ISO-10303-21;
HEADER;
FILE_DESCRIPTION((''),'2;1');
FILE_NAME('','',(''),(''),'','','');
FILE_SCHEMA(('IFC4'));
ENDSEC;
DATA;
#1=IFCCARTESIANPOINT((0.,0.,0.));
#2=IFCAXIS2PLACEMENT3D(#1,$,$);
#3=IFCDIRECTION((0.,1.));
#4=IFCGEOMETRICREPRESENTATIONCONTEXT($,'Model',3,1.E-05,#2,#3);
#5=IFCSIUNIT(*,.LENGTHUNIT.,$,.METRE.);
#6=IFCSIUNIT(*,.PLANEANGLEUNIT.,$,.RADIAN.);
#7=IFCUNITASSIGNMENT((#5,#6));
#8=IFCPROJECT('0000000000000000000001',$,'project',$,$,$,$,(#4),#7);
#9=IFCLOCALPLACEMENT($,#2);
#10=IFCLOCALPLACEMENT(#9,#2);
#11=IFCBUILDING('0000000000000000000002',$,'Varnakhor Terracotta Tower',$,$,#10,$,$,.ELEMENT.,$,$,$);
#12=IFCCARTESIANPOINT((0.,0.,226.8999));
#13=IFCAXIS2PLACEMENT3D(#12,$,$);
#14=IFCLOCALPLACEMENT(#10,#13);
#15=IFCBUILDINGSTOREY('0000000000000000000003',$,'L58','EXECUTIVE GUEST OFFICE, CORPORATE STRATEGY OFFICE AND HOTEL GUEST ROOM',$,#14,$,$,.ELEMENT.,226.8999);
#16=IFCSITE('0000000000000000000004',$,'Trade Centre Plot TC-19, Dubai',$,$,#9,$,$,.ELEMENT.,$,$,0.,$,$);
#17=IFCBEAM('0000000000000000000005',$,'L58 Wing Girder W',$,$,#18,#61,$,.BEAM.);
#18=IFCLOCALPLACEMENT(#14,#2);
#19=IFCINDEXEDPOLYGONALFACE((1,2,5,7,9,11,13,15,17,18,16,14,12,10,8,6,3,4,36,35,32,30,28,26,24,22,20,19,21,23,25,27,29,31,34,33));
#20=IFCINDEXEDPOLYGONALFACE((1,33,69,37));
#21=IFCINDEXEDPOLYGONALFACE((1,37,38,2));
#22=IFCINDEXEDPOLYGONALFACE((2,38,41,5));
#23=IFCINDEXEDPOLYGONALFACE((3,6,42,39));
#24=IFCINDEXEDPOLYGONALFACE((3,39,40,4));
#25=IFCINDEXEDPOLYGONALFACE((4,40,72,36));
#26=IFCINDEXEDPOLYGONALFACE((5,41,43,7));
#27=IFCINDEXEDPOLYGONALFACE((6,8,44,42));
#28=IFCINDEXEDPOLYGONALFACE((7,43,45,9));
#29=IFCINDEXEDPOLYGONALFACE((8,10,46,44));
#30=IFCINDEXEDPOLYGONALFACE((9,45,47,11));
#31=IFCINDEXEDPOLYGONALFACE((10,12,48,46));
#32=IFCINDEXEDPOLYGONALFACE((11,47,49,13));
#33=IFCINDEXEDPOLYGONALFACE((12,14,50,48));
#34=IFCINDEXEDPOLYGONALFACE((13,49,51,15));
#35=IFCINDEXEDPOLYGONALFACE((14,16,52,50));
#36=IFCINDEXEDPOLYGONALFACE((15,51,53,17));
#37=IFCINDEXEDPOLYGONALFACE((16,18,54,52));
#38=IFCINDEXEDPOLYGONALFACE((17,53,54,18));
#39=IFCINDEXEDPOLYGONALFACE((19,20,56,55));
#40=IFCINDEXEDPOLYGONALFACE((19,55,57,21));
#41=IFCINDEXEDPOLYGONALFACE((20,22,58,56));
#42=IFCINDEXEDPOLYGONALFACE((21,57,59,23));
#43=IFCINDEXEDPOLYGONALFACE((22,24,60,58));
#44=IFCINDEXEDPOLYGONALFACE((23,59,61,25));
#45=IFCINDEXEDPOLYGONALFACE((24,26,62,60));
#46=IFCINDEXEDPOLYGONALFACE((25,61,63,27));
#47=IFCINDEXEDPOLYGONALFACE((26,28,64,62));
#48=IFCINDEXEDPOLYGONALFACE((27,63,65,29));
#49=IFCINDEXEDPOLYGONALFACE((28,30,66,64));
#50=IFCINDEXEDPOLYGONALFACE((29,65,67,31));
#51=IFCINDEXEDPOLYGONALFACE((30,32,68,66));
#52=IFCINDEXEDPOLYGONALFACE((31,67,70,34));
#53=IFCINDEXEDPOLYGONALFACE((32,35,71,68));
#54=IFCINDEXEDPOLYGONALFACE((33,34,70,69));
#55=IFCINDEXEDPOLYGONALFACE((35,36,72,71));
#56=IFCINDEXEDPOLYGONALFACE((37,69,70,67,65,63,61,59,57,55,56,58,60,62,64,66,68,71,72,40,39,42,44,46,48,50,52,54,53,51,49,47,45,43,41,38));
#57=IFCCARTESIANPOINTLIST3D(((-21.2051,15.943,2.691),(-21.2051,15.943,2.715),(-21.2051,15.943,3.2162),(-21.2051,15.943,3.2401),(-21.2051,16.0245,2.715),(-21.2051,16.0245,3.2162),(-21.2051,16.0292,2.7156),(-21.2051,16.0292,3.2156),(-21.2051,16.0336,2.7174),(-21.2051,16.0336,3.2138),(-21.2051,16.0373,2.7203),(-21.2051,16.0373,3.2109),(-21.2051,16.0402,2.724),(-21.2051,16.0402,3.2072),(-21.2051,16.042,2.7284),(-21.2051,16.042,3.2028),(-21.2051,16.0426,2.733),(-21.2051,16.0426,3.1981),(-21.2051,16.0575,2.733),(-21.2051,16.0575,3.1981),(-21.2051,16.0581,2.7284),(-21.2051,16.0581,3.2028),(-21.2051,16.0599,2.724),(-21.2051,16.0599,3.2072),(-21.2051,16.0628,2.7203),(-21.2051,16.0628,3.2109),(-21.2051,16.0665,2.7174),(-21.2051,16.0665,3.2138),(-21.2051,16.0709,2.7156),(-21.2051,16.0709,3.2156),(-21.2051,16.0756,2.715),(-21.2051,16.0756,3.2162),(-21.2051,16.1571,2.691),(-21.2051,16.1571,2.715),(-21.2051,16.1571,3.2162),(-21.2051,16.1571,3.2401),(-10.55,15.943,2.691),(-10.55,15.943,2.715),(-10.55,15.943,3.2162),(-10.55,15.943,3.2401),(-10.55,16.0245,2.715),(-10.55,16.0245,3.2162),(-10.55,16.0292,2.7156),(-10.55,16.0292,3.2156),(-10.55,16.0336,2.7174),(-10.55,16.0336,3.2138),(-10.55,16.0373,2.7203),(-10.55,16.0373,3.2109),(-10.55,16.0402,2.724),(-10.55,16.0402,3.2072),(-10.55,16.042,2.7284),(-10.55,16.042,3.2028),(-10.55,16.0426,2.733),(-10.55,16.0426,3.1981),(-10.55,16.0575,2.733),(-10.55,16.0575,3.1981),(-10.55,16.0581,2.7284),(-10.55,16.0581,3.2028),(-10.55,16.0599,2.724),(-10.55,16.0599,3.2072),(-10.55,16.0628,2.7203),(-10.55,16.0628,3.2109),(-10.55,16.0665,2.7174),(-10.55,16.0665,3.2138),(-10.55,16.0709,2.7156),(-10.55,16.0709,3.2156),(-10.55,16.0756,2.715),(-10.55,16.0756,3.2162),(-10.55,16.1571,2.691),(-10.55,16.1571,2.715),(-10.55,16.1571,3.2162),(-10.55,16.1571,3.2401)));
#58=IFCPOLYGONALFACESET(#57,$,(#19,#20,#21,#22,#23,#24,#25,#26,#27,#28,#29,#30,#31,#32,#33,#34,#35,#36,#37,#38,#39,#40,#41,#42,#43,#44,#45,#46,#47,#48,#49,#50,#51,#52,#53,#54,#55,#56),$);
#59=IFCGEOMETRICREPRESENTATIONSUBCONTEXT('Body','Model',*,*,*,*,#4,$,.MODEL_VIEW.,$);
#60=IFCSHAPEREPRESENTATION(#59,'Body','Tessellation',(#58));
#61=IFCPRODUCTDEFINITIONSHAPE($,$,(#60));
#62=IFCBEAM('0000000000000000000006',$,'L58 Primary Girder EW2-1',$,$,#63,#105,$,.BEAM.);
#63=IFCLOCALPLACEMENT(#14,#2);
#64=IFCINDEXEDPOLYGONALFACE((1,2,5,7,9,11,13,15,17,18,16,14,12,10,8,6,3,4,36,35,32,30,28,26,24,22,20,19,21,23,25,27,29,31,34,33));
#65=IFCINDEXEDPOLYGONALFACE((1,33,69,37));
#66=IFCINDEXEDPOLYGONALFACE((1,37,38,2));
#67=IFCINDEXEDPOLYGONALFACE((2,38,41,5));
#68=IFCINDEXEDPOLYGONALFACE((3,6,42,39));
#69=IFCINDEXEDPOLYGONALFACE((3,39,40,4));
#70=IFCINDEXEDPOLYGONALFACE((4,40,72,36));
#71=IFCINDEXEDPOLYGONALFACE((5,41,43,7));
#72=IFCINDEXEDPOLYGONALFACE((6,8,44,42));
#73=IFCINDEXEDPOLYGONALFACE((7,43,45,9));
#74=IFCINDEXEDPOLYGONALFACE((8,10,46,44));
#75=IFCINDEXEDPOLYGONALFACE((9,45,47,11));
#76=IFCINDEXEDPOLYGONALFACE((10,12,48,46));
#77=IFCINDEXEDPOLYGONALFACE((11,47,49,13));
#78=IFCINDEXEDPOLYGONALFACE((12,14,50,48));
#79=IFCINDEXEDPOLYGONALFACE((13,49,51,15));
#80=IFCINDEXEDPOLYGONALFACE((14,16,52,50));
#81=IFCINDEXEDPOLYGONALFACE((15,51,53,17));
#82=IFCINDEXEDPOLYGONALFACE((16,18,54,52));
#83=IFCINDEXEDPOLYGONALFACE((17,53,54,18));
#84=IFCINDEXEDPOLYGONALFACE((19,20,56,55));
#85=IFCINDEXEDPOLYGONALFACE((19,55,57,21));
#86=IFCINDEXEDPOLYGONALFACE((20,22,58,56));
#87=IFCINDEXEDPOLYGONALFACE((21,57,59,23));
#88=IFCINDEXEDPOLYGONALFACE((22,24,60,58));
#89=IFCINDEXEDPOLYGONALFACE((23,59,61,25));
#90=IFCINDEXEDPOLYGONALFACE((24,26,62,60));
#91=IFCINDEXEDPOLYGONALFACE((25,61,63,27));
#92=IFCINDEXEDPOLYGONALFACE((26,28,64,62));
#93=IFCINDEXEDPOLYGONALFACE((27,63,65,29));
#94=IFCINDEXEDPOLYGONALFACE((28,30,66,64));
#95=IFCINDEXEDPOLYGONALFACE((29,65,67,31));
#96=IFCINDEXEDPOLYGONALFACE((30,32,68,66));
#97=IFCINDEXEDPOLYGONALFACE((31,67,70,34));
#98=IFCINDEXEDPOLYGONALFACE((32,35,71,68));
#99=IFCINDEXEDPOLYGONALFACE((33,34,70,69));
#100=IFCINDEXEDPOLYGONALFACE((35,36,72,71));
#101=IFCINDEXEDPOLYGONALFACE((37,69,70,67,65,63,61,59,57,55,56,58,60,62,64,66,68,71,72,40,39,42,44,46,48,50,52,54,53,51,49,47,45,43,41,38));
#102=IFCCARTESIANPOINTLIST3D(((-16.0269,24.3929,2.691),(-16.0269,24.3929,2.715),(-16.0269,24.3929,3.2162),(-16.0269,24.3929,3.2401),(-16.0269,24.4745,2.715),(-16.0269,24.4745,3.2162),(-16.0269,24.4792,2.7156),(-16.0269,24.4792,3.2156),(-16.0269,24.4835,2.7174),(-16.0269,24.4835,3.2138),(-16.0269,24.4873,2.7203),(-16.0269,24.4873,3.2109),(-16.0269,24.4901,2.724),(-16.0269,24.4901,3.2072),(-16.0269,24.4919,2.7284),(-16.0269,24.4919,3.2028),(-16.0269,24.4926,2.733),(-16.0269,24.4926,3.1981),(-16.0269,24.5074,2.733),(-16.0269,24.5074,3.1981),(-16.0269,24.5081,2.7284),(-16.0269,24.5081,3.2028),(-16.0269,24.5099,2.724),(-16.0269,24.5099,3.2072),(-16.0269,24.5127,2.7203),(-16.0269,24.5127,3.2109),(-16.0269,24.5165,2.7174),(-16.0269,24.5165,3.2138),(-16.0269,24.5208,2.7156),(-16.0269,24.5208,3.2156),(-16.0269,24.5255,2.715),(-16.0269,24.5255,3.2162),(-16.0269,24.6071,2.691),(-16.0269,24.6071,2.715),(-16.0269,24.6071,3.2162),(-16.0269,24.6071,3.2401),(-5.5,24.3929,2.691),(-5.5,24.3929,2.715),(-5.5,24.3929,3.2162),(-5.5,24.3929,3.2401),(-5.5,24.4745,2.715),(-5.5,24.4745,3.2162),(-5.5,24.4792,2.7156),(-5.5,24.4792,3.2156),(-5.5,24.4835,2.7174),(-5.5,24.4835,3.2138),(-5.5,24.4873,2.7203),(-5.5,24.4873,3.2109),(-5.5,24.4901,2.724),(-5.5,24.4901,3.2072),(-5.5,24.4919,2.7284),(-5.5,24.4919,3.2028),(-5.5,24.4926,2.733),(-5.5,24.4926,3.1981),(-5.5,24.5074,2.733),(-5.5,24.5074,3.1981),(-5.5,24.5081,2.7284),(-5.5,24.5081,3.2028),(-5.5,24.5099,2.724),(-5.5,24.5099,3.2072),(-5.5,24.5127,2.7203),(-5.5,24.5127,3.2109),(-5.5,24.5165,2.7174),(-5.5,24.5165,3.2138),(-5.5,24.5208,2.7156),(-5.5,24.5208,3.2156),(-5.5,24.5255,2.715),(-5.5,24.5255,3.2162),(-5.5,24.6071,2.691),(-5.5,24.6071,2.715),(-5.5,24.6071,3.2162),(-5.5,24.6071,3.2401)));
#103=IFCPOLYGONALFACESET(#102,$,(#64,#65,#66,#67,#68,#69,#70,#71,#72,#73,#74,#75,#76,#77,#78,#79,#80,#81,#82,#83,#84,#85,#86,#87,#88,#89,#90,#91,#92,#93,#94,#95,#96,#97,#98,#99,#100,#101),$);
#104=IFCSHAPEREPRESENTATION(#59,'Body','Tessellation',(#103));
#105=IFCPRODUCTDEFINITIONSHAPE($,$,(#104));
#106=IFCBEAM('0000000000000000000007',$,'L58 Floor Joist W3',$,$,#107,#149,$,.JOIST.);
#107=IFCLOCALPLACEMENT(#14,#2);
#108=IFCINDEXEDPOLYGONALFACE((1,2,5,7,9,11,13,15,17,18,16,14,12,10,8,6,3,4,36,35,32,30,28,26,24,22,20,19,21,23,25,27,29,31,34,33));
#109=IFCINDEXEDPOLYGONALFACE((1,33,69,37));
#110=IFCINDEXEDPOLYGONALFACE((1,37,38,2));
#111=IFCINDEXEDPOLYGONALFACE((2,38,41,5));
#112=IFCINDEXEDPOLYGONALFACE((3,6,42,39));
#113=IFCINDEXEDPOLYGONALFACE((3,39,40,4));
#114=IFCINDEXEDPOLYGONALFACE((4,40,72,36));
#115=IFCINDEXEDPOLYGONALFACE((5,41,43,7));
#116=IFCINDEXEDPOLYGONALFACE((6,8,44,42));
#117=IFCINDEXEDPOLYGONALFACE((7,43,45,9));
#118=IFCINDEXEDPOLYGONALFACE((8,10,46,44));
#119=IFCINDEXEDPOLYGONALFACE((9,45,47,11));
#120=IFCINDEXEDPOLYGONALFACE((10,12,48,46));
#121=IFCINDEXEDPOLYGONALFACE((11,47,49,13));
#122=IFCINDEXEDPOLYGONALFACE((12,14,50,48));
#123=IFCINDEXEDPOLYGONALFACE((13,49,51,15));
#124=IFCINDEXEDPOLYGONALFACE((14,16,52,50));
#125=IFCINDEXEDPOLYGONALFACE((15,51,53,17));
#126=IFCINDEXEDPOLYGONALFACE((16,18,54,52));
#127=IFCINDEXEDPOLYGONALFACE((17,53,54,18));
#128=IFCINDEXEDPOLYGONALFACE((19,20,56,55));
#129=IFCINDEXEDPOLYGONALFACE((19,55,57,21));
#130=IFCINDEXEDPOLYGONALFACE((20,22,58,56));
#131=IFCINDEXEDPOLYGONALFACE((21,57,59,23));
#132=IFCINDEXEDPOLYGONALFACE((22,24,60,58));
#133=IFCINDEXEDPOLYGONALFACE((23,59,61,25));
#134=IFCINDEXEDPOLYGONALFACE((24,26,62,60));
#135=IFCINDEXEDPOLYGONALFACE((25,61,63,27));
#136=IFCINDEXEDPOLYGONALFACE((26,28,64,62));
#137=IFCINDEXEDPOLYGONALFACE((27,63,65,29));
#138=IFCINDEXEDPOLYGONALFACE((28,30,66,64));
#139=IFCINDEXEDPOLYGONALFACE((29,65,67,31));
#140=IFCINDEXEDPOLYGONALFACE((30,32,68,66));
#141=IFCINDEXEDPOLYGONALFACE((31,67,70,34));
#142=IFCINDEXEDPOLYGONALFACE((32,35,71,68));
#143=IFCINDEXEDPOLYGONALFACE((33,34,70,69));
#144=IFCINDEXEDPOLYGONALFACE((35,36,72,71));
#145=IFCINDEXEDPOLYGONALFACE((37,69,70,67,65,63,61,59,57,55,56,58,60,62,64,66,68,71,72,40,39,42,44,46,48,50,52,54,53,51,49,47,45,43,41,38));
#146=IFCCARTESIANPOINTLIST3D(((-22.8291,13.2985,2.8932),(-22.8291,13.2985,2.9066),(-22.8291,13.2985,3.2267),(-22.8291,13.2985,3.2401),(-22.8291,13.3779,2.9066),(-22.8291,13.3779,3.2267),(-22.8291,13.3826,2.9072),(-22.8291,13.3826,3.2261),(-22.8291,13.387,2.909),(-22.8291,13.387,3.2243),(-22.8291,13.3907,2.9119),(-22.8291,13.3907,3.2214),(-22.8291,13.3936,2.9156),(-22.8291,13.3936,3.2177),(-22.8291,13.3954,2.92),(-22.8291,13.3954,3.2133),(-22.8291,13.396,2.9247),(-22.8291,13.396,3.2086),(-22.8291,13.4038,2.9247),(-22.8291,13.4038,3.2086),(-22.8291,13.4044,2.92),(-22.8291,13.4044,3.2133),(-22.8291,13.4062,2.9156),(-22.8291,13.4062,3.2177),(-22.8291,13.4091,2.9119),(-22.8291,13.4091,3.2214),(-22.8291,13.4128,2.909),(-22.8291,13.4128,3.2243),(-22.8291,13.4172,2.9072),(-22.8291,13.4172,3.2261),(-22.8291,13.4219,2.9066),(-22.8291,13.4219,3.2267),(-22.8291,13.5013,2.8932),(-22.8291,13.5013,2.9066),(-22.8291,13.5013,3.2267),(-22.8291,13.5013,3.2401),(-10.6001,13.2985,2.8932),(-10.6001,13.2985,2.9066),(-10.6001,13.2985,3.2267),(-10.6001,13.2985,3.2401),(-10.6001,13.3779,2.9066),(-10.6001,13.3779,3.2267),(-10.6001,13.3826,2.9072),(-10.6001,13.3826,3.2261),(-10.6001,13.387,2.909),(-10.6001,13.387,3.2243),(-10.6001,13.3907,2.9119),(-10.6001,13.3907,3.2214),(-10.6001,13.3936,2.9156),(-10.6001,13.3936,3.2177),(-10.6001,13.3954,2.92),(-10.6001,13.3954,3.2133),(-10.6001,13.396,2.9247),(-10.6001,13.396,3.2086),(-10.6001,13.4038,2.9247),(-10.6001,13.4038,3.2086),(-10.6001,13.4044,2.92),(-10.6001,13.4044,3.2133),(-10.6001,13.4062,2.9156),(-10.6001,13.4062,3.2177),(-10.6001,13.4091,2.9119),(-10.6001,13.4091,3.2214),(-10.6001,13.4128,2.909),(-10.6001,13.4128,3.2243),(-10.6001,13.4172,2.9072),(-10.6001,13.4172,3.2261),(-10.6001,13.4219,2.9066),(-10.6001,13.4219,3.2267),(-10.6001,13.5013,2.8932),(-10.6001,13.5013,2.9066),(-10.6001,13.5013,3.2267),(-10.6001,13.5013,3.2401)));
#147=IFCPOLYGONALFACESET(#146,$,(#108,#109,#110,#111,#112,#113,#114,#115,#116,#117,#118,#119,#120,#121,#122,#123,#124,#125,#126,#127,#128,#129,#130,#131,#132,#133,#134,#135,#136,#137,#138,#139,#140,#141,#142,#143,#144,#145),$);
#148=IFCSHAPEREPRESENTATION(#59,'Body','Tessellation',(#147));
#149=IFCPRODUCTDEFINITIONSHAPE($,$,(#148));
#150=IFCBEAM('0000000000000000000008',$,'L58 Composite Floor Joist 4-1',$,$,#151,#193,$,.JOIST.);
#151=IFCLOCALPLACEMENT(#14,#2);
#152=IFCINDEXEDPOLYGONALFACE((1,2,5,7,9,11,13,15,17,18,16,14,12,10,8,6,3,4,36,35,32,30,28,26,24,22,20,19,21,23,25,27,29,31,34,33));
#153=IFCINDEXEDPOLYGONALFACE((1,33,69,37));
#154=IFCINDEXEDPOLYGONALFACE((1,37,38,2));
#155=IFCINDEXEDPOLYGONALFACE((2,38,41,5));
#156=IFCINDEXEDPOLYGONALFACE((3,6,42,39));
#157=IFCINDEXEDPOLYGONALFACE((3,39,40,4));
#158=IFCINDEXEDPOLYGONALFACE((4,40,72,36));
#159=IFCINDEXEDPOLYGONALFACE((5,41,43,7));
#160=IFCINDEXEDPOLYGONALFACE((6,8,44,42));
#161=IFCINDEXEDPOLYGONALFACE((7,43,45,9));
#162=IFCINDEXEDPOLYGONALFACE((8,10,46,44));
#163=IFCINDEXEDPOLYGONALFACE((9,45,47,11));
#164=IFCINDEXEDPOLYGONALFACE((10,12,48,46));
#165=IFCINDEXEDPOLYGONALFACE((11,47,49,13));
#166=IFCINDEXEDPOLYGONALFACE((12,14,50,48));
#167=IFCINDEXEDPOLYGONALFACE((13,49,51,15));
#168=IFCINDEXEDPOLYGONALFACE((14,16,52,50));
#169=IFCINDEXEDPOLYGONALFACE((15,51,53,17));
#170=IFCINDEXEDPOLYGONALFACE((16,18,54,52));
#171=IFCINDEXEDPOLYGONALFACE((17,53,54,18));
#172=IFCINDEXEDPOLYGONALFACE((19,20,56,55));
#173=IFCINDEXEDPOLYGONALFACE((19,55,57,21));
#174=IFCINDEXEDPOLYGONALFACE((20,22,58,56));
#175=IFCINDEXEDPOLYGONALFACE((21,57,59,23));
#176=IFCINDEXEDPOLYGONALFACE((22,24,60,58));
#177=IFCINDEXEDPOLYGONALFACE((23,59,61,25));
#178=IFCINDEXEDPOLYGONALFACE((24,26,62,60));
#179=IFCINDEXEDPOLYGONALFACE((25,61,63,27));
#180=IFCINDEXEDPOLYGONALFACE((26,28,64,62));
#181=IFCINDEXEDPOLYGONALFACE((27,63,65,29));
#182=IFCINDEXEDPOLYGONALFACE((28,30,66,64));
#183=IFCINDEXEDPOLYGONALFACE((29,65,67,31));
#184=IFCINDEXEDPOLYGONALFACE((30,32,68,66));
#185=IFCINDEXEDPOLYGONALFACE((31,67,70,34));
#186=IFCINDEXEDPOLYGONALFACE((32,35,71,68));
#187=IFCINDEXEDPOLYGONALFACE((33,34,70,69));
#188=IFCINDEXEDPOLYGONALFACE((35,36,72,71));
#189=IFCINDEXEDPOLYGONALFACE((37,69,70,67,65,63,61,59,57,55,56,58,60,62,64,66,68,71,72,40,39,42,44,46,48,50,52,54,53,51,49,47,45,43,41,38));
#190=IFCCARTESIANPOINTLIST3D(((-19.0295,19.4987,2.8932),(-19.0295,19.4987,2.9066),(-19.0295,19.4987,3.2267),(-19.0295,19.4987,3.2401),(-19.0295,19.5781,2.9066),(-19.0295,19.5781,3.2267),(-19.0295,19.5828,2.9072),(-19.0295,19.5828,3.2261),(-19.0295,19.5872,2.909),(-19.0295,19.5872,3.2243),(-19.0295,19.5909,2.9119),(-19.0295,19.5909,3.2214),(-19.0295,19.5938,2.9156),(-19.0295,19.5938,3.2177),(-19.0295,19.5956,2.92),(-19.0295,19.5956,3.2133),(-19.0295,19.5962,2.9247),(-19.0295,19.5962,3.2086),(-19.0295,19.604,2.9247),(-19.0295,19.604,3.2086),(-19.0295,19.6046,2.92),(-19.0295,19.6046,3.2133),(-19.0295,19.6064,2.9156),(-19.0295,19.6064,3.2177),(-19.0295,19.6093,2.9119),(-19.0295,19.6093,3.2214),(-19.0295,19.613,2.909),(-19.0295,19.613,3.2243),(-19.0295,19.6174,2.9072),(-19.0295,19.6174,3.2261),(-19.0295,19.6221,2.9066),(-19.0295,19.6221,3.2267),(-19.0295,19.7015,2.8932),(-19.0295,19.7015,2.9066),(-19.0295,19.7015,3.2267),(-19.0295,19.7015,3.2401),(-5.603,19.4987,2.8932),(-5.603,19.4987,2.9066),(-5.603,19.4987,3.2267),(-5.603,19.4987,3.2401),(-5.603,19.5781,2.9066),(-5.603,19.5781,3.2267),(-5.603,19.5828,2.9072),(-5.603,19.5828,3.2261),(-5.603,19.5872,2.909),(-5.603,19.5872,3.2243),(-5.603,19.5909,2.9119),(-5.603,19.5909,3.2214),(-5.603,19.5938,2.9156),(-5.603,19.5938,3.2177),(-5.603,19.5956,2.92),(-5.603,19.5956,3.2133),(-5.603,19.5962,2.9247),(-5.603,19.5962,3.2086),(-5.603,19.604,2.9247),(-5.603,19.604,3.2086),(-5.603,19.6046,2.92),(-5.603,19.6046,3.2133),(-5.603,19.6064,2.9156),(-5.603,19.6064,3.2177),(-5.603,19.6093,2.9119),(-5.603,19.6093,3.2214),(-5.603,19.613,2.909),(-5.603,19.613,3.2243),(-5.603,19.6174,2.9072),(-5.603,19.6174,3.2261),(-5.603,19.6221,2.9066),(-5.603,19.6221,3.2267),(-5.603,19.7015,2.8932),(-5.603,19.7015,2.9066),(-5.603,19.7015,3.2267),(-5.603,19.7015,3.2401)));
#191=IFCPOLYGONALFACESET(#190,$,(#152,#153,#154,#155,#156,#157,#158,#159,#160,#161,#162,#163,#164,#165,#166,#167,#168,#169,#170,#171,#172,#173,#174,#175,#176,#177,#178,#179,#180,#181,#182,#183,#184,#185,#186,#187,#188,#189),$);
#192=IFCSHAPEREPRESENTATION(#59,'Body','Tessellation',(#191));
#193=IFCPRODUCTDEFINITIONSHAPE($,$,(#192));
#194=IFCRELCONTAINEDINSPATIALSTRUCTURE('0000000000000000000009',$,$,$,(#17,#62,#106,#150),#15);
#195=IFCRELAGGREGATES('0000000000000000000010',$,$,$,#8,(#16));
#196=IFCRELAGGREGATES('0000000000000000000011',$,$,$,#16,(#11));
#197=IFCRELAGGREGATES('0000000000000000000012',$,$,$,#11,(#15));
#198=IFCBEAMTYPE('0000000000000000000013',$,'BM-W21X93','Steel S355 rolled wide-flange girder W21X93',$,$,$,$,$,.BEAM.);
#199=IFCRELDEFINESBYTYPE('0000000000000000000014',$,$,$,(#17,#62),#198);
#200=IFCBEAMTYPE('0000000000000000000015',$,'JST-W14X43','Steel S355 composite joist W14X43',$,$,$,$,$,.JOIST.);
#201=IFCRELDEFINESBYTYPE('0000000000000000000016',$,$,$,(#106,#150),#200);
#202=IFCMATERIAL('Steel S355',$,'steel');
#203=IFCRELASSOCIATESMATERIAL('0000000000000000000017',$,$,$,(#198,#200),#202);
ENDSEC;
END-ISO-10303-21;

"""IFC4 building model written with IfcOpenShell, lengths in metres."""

from ifc_helpers import new_model, si_unit, direction, frame, origin, origin_2d, place, context, subcontext, project, spatial, i_section, extrude, source, transform, mapped, material, material_profile, profile_set, type_object, element, save


model = new_model("IFC4")

# Units and contexts
model_context = context("Model", 3, precision=1e-05, world=origin(), true_north=direction((0.0, 1.0)))
body_context = subcontext(model_context, "Body", "Model", "MODEL_VIEW")
ifc_project = project(units=[si_unit("LENGTHUNIT", "METRE"), si_unit("PLANEANGLEUNIT", "RADIAN")], contexts=[model_context])

# Site, building, storey
site_placement = place(None, origin())
site = spatial("IfcSite", under=ifc_project, at=site_placement, Name="Trade Centre Plot TC-19, Dubai", CompositionType="ELEMENT", RefElevation=0.0)
building_placement = place(site_placement, origin())
building = spatial("IfcBuilding", under=site, at=building_placement, Name="Varnakhor Terracotta Tower", CompositionType="ELEMENT")
storey_placement = place(building_placement, frame((0.0, 0.0, 226.8999)))
storey = spatial("IfcBuildingStorey", under=building, at=storey_placement, Name="L58", Description="EXECUTIVE GUEST OFFICE, CORPORATE STRATEGY OFFICE AND HOTEL GUEST ROOM", CompositionType="ELEMENT", Elevation=226.8999)

# Beams
ifc_material_1 = material(Name="Steel S355", Category="steel")
ifc_material_profile_1 = material_profile(ifc_material_1, i_section(OverallWidth=0.2141, OverallDepth=0.5491, WebThickness=0.0149, FlangeThickness=0.0239, FilletRadius=0.0181, at=origin_2d()), Name="W21X93")
ifc_profile_set_1 = profile_set([ifc_material_profile_1], Name="Steel S355")
beam_type_1 = type_object("IfcBeamType", Name="BM-W21X93", Description="Steel S355 rolled wide-flange girder W21X93", PredefinedType="BEAM", material=ifc_profile_set_1)
shared_shape_1 = source(origin(), body_context, "Body", "SweptSolid", [
    extrude(i_section(OverallWidth=0.2141, OverallDepth=0.5491, WebThickness=0.0149, FlangeThickness=0.0239, FilletRadius=0.0181, at=origin_2d()), origin(), (0.0, 0.0, 1.0), 10.655),
])
beam_1_placement = place(storey_placement, frame((-21.2051, 16.05, 2.9656), z_axis=(1.0, 0.0, 0.0), x_axis=(0.0, 1.0, 0.0)))
element("IfcBeam", 1, at=beam_1_placement, inside=storey, type_object=beam_type_1, Name="L58 Wing Girder W", PredefinedType="BEAM", context=body_context, shape_type="MappedRepresentation", body=[
    mapped(shared_shape_1, transform((0.0, 0.0, 0.0), scale=1.0)),
])
shared_shape_2 = source(origin(), body_context, "Body", "SweptSolid", [
    extrude(i_section(OverallWidth=0.2141, OverallDepth=0.5491, WebThickness=0.0149, FlangeThickness=0.0239, FilletRadius=0.0181, at=origin_2d()), origin(), (0.0, 0.0, 1.0), 10.5269),
])
beam_2_placement = place(storey_placement, frame((-16.0269, 24.5, 2.9656), z_axis=(1.0, 0.0, 0.0), x_axis=(0.0, 1.0, 0.0)))
element("IfcBeam", 2, at=beam_2_placement, inside=storey, type_object=beam_type_1, Name="L58 Primary Girder EW2-1", PredefinedType="BEAM", context=body_context, shape_type="MappedRepresentation", body=[
    mapped(shared_shape_2, transform((0.0, 0.0, 0.0), scale=1.0)),
])
ifc_material_profile_2 = material_profile(ifc_material_1, i_section(OverallWidth=0.2029, OverallDepth=0.3469, WebThickness=0.0078, FlangeThickness=0.0134, FilletRadius=0.0181, at=origin_2d()), Name="W14X43")
ifc_profile_set_2 = profile_set([ifc_material_profile_2], Name="Steel S355")
beam_type_2 = type_object("IfcBeamType", Name="JST-W14X43", Description="Steel S355 composite joist W14X43", PredefinedType="JOIST", material=ifc_profile_set_2)
shared_shape_3 = source(origin(), body_context, "Body", "SweptSolid", [
    extrude(i_section(OverallWidth=0.2029, OverallDepth=0.3469, WebThickness=0.0078, FlangeThickness=0.0134, FilletRadius=0.0181, at=origin_2d()), origin(), (0.0, 0.0, 1.0), 12.229),
])
beam_3_placement = place(storey_placement, frame((-22.8291, 13.3999, 3.0667), z_axis=(1.0, 0.0, 0.0), x_axis=(0.0, 1.0, 0.0)))
element("IfcBeam", 3, at=beam_3_placement, inside=storey, type_object=beam_type_2, Name="L58 Floor Joist W3", PredefinedType="JOIST", context=body_context, shape_type="MappedRepresentation", body=[
    mapped(shared_shape_3, transform((0.0, 0.0, 0.0), scale=1.0)),
])
shared_shape_4 = source(origin(), body_context, "Body", "SweptSolid", [
    extrude(i_section(OverallWidth=0.2029, OverallDepth=0.3469, WebThickness=0.0078, FlangeThickness=0.0134, FilletRadius=0.0181, at=origin_2d()), origin(), (0.0, 0.0, 1.0), 13.4265),
])
beam_4_placement = place(storey_placement, frame((-19.0295, 19.6001, 3.0667), z_axis=(1.0, 0.0, 0.0), x_axis=(0.0, 1.0, 0.0)))
element("IfcBeam", 4, at=beam_4_placement, inside=storey, type_object=beam_type_2, Name="L58 Composite Floor Joist 4-1", PredefinedType="JOIST", context=body_context, shape_type="MappedRepresentation", body=[
    mapped(shared_shape_4, transform((0.0, 0.0, 0.0), scale=1.0)),
])

save(model, "model.ifc")
